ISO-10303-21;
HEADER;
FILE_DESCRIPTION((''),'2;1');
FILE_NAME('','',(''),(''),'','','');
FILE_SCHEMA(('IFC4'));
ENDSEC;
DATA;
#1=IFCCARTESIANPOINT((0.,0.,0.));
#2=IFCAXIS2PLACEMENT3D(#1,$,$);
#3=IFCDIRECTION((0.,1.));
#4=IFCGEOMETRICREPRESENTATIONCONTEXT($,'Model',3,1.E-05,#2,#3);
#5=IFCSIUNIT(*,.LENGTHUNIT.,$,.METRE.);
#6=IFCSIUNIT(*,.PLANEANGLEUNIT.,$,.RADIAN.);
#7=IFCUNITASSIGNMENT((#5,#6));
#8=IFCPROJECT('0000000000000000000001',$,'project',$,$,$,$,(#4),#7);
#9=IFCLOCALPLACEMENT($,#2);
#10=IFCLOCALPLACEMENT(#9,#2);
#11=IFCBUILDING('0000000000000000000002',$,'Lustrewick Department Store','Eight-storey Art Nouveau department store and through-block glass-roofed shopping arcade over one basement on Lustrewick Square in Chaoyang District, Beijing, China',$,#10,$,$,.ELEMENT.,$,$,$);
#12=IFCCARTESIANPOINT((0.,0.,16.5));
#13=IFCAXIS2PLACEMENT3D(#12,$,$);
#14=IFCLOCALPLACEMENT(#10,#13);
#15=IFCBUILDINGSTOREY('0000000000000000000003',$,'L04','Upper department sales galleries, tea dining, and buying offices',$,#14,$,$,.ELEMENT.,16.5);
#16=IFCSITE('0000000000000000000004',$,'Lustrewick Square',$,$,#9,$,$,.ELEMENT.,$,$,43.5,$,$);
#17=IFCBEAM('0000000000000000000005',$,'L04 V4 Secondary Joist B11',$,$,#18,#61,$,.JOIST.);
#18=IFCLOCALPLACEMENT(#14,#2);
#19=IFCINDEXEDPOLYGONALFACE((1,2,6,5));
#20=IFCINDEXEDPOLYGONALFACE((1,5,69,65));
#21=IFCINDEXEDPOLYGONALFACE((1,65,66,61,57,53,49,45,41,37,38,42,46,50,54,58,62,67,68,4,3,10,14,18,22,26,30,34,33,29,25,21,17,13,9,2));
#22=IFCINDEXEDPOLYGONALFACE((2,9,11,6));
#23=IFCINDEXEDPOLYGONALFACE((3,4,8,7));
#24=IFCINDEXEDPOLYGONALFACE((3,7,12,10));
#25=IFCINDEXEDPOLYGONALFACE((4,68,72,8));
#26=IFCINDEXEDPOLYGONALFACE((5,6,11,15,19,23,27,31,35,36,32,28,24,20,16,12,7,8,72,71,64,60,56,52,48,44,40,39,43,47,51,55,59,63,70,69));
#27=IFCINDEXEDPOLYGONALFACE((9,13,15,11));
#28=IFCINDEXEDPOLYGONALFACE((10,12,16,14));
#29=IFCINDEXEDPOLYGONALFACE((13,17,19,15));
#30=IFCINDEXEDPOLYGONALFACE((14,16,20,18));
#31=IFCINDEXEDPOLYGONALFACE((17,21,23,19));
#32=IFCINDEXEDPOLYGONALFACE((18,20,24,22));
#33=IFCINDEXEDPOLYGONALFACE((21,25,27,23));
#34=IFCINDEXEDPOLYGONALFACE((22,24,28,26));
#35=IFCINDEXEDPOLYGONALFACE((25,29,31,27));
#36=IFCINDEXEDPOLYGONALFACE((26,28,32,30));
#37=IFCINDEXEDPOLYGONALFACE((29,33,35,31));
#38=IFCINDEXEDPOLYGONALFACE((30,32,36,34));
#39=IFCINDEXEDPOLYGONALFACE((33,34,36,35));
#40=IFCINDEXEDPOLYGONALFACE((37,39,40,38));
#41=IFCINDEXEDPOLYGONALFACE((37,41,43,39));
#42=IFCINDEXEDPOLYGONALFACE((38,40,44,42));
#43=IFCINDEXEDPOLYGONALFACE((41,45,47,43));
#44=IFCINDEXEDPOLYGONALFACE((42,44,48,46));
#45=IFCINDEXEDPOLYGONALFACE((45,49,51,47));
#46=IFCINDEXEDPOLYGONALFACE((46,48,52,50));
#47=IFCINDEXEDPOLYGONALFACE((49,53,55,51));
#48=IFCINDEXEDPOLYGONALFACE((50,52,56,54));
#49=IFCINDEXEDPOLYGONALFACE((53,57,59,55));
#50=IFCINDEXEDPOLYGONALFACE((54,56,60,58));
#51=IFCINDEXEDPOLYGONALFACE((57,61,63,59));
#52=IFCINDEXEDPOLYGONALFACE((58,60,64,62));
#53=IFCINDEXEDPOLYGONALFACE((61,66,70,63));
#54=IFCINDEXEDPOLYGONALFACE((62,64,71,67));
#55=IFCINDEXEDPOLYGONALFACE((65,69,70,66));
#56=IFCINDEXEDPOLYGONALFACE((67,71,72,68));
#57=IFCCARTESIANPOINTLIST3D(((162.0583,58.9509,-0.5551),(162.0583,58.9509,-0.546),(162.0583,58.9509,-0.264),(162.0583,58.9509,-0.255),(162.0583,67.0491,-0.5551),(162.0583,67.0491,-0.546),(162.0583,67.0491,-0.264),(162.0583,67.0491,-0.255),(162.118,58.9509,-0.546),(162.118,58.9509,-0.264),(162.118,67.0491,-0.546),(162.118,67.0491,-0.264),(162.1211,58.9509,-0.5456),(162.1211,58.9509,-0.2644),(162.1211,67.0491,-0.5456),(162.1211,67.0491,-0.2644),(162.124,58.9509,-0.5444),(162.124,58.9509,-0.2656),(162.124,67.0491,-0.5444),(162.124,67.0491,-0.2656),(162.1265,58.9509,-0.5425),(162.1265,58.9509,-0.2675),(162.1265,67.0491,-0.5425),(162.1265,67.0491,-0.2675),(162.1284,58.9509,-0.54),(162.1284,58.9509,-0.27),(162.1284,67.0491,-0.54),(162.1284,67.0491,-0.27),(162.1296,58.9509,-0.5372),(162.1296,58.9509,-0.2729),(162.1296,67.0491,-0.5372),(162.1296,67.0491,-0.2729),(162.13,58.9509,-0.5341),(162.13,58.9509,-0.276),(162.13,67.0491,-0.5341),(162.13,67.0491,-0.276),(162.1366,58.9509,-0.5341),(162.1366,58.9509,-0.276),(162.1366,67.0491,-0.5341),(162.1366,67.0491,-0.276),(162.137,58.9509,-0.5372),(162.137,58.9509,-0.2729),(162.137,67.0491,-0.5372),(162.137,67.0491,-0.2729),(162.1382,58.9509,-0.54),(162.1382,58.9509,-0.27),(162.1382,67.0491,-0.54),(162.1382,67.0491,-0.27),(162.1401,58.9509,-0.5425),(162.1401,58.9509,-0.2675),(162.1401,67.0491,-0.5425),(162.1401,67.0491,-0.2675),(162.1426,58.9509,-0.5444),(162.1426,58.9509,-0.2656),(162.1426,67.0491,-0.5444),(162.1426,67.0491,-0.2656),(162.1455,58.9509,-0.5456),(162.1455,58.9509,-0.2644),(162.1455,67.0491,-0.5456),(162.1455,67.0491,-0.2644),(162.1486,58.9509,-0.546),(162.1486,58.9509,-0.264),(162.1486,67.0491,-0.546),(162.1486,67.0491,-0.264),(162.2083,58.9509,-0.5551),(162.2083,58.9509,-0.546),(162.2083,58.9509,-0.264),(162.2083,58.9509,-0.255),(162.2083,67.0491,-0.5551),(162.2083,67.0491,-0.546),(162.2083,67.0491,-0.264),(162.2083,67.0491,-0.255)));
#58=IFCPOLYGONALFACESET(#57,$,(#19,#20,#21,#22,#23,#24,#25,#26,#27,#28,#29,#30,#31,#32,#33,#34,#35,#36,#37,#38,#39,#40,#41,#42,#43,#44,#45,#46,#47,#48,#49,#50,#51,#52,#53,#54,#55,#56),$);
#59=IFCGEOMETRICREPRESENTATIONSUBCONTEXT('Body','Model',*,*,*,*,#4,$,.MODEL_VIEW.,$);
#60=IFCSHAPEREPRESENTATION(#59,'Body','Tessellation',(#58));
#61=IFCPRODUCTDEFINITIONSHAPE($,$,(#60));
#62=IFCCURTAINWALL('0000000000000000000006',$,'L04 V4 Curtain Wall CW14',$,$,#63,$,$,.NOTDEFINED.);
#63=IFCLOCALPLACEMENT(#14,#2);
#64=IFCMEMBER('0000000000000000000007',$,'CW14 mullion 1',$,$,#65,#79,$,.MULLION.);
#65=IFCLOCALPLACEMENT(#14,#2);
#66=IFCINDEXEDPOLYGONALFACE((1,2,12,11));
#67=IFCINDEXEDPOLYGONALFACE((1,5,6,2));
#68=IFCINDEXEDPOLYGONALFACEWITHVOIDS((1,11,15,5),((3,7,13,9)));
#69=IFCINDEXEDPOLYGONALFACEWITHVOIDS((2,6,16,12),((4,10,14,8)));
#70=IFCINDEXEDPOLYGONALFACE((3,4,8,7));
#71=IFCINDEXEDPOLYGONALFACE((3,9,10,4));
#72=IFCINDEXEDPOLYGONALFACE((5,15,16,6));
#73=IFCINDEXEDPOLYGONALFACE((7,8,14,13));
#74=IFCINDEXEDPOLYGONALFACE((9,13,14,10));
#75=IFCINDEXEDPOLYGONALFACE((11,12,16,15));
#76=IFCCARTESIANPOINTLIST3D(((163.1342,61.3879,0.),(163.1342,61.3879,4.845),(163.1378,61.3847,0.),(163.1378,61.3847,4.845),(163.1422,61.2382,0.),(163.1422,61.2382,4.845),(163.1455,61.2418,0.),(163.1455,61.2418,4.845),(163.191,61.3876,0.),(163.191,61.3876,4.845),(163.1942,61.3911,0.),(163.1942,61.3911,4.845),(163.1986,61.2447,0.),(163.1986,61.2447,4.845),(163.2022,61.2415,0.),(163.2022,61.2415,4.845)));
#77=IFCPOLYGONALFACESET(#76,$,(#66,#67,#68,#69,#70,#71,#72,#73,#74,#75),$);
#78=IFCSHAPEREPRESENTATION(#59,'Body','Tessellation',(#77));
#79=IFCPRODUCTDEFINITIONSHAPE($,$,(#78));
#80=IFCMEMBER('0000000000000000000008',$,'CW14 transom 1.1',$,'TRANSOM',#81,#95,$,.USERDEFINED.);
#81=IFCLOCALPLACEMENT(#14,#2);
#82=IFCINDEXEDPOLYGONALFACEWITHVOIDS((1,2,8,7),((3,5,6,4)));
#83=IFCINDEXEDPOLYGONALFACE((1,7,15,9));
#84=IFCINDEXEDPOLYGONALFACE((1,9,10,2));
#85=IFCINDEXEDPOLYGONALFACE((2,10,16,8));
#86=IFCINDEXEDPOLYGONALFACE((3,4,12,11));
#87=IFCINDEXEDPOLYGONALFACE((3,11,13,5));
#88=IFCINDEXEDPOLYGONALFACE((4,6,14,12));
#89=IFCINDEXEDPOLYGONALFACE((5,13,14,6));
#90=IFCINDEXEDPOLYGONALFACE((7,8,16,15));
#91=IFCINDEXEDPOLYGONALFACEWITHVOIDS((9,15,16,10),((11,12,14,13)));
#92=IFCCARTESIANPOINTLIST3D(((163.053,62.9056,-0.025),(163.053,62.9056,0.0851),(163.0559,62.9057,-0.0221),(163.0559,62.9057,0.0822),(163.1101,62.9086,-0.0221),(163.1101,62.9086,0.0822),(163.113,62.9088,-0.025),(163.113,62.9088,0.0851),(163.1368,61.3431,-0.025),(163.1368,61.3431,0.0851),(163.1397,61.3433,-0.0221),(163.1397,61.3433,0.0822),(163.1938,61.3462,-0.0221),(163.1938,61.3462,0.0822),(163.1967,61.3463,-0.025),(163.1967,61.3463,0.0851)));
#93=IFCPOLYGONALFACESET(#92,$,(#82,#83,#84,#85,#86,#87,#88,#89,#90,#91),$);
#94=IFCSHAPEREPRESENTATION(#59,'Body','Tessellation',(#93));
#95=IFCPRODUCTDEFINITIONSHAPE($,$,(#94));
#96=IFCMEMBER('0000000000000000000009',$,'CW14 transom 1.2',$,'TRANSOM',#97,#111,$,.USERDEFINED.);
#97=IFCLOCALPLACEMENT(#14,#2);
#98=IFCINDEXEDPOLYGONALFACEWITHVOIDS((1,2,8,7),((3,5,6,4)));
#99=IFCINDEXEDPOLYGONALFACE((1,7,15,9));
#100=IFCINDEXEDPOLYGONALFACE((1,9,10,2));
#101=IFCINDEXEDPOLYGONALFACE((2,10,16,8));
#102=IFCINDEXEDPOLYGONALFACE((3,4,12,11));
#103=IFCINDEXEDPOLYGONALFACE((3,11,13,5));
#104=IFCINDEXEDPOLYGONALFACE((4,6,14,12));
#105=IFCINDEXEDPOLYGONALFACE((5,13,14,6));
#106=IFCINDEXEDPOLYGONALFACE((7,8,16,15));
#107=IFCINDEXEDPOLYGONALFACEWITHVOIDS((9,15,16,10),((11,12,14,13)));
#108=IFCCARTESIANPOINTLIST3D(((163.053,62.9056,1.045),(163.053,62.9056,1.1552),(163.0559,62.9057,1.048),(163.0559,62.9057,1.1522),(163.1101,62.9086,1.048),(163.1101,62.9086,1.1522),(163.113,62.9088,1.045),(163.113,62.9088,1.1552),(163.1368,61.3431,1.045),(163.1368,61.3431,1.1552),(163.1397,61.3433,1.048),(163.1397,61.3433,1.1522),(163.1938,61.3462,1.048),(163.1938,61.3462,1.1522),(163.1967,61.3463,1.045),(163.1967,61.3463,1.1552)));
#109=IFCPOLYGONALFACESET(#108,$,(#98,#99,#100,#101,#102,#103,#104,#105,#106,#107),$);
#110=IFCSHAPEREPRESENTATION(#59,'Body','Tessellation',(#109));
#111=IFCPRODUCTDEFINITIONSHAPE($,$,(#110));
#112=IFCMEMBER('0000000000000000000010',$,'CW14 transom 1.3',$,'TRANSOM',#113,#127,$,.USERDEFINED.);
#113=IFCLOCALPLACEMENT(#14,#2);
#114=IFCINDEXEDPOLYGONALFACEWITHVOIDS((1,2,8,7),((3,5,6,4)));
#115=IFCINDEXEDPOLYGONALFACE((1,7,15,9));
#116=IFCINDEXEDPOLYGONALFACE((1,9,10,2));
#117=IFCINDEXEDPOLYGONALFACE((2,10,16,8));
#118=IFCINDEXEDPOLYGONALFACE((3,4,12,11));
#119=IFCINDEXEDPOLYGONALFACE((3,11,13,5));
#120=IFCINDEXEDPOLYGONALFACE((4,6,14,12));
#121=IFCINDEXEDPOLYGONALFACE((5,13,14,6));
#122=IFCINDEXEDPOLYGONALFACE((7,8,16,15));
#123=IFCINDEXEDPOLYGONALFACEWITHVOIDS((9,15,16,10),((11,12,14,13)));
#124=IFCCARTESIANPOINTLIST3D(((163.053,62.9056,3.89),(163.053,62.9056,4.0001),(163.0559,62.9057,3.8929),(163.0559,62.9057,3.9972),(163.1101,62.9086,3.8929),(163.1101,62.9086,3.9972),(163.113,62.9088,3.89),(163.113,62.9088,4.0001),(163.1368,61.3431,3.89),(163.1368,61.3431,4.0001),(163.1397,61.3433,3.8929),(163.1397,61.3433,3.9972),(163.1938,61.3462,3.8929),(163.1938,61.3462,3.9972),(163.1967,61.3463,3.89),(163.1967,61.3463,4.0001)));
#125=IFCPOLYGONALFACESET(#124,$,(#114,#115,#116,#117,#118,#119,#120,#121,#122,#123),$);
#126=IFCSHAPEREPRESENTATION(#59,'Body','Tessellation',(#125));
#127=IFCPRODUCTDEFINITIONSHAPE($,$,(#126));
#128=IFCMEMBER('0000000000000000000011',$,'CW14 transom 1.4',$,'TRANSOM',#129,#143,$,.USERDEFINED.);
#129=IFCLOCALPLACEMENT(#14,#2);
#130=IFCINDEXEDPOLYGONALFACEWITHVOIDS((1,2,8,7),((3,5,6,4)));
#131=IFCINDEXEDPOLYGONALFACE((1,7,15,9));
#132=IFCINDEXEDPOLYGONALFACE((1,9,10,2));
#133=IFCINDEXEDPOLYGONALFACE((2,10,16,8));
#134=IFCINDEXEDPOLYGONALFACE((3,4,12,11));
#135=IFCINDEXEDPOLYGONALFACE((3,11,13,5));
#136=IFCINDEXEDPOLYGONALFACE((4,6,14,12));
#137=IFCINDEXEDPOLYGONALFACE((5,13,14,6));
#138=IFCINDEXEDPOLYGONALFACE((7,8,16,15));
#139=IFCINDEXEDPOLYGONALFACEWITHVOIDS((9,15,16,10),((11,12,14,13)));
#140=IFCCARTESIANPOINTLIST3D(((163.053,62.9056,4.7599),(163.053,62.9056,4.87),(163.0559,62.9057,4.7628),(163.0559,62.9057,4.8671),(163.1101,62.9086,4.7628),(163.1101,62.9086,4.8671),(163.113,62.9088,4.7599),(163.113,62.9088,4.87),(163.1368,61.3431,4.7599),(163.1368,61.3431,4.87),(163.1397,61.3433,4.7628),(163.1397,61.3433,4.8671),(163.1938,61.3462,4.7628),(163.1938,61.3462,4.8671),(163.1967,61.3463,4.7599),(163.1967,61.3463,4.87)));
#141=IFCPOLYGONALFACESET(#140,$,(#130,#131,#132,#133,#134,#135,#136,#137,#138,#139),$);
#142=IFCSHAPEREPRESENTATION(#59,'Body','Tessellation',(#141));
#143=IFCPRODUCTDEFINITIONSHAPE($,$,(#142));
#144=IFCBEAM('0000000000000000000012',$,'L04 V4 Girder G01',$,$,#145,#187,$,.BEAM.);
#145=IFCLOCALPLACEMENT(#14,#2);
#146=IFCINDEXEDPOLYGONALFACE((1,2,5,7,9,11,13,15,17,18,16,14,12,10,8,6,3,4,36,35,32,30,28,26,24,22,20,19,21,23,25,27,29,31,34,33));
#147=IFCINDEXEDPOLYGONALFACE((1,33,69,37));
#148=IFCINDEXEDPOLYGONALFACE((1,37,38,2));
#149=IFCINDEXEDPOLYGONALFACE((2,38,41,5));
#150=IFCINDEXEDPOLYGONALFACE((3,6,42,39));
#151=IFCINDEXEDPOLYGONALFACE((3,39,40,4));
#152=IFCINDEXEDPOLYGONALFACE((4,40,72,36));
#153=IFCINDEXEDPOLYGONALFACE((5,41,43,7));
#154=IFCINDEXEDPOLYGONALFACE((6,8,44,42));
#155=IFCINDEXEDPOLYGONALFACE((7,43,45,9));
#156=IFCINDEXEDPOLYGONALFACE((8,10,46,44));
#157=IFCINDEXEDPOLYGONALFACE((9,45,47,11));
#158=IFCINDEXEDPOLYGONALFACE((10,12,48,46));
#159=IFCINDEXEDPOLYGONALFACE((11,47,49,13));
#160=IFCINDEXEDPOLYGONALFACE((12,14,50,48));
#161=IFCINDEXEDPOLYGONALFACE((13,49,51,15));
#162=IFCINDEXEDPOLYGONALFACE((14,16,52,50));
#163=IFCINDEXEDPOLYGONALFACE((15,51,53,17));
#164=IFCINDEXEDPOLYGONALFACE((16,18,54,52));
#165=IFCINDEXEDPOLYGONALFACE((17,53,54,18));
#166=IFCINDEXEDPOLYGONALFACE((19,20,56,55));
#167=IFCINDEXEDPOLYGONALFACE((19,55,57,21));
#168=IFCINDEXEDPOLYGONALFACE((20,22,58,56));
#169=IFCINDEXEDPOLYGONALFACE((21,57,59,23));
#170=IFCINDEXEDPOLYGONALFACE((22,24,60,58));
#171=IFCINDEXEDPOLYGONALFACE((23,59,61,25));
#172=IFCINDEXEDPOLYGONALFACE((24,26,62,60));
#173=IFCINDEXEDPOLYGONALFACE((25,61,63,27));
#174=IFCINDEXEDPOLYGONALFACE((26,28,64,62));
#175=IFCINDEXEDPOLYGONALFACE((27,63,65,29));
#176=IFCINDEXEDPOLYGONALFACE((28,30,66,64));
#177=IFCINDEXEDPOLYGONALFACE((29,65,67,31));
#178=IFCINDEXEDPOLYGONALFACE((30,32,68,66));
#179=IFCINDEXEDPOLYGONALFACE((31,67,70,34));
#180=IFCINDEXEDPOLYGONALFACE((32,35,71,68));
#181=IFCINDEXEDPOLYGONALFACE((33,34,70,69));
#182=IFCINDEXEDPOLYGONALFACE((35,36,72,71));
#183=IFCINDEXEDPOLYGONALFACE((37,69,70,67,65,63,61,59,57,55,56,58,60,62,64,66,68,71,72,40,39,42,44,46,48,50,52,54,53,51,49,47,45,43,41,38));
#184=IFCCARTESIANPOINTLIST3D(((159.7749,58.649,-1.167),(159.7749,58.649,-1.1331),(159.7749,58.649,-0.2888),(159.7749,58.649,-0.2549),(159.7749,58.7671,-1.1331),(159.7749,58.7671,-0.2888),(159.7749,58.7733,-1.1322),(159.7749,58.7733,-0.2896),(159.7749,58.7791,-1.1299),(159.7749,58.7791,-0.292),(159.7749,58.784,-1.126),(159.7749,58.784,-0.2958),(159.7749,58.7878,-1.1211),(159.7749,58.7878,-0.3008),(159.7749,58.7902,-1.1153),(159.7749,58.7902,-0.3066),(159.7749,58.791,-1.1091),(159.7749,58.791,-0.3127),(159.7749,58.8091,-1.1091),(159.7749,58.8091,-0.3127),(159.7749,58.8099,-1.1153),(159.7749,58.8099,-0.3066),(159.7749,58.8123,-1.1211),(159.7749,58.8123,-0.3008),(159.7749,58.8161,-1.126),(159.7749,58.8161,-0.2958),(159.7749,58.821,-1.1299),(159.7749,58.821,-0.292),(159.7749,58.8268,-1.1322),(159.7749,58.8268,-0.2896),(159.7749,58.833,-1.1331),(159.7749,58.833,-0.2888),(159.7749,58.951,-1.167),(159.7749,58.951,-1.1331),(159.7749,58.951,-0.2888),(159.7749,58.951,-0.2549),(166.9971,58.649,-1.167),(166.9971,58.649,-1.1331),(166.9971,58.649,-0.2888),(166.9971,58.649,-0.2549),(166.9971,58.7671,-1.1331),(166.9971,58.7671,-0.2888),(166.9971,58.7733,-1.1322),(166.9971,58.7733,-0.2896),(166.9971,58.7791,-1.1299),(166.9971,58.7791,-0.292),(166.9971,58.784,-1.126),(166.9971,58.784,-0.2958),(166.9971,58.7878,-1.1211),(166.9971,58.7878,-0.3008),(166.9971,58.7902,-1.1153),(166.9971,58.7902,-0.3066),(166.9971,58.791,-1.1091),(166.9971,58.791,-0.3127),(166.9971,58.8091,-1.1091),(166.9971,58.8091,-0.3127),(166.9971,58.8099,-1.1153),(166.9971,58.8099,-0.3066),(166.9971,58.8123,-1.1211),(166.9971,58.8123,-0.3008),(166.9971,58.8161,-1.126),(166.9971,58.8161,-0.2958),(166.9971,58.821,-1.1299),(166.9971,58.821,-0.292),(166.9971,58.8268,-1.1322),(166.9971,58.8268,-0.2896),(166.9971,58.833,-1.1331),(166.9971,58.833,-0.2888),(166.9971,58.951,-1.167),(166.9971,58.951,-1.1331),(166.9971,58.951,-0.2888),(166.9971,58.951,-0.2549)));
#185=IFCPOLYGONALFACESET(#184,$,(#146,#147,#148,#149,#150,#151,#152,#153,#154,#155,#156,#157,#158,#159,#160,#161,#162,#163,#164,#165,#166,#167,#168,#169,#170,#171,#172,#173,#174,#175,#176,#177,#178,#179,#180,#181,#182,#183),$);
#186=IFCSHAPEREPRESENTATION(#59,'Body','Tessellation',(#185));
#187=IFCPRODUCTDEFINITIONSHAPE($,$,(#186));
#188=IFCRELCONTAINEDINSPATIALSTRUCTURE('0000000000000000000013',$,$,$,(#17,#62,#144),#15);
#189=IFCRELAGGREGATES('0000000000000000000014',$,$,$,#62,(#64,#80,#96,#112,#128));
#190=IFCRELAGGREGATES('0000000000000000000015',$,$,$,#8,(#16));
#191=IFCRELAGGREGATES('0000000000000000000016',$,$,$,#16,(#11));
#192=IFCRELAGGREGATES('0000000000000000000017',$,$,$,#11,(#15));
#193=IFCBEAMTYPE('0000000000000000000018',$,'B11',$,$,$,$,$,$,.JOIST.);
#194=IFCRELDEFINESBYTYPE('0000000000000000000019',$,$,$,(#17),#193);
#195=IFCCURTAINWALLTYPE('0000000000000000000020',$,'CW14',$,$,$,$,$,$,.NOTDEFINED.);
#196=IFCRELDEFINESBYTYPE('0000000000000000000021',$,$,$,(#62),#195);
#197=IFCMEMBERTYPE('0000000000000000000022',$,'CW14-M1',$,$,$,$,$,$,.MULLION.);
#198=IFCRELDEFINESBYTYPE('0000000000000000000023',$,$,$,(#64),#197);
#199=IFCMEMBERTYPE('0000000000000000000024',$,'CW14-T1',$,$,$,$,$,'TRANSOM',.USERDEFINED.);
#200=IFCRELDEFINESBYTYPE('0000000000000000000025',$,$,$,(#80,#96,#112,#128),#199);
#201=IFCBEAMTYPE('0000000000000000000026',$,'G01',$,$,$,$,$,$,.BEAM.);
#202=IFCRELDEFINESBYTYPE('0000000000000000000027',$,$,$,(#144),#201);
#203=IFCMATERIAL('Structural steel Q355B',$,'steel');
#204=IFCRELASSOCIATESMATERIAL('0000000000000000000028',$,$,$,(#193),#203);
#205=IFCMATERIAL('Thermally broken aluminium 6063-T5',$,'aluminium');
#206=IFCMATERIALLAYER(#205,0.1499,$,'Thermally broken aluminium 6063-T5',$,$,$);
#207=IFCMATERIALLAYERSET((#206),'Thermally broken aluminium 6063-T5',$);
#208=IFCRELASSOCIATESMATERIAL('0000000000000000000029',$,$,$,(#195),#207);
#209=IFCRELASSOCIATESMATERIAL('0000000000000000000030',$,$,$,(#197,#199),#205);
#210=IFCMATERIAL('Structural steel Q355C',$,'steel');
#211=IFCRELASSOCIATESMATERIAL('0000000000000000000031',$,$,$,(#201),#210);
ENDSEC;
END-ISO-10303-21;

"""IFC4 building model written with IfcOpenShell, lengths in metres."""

from ifc_helpers import new_model, si_unit, direction, frame, origin, origin_2d, place, context, subcontext, project, spatial, hollow_rectangle, i_section, extrude, material, layer, layer_set, material_profile, profile_set, type_object, element, aggregate, save


model = new_model("IFC4")

# Units and contexts
model_context = context("Model", 3, precision=1e-05, world=origin(), true_north=direction((0.0, 1.0)))
body_context = subcontext(model_context, "Body", "Model", "MODEL_VIEW")
ifc_project = project(units=[si_unit("LENGTHUNIT", "METRE"), si_unit("PLANEANGLEUNIT", "RADIAN")], contexts=[model_context])

# Site, building, storey
site_placement = place(None, origin())
site = spatial("IfcSite", under=ifc_project, at=site_placement, Name="Lustrewick Square", CompositionType="ELEMENT", RefElevation=43.5)
building_placement = place(site_placement, origin())
building = spatial("IfcBuilding", under=site, at=building_placement, Name="Lustrewick Department Store", Description="Eight-storey Art Nouveau department store and through-block glass-roofed shopping arcade over one basement on Lustrewick Square in Chaoyang District, Beijing, China", CompositionType="ELEMENT")
storey_placement = place(building_placement, frame((0.0, 0.0, 16.5)))
storey = spatial("IfcBuildingStorey", under=building, at=storey_placement, Name="L04", Description="Upper department sales galleries, tea dining, and buying offices", CompositionType="ELEMENT", Elevation=16.5)

# Shared definitions
ifc_material_1 = material(Name="Structural steel Q355C", Category="steel")

# Beam
ifc_material_2 = material(Name="Structural steel Q355B", Category="steel")
ifc_material_profile_1 = material_profile(ifc_material_2, i_section(OverallWidth=0.1499, OverallDepth=0.3, WebThickness=0.0066, FlangeThickness=0.009, FilletRadius=0.012, at=origin_2d()), Name="HN 300x150x6.5x9")
ifc_profile_set_1 = profile_set([ifc_material_profile_1], Name="Structural steel Q355B")
beam_type_1 = type_object("IfcBeamType", Name="B11", PredefinedType="JOIST", material=ifc_profile_set_1)
beam_1_placement = place(storey_placement, frame((162.1333, 58.9509, -0.405), z_axis=(0.0, 1.0, 0.0), x_axis=(-1.0, 0.0, 0.0)))
element("IfcBeam", 1, at=beam_1_placement, inside=storey, type_object=beam_type_1, Name="L04 V4 Secondary Joist B11", PredefinedType="JOIST", context=body_context, shape_type="SweptSolid", body=[
    extrude(i_section(OverallWidth=0.1499, OverallDepth=0.3, WebThickness=0.0066, FlangeThickness=0.009, FilletRadius=0.012, at=origin_2d()), origin(), (0.0, 0.0, 1.0), 8.0981),
])

# Curtain wall, members
ifc_material_3 = material(Name="Thermally broken aluminium 6063-T5", Category="aluminium")
ifc_layer_1 = layer(ifc_material_3, 0.1499, Name="Thermally broken aluminium 6063-T5")
ifc_layer_set_1 = layer_set([ifc_layer_1], Name="Thermally broken aluminium 6063-T5")
curtain_wall_type = type_object("IfcCurtainWallType", Name="CW14", PredefinedType="NOTDEFINED", material=ifc_layer_set_1)
curtain_wall_placement = place(storey_placement, origin())
curtain_wall = element("IfcCurtainWall", 2, at=curtain_wall_placement, inside=storey, type_object=curtain_wall_type, Name="L04 V4 Curtain Wall CW14", PredefinedType="NOTDEFINED")
ifc_material_profile_2 = material_profile(ifc_material_3, hollow_rectangle(XDim=0.0601, YDim=0.1499, WallThickness=0.0034, at=origin_2d()), Name="ALU-M 60x150x3.5")
ifc_profile_set_2 = profile_set([ifc_material_profile_2], Name="Thermally broken aluminium 6063-T5")
member_type_1 = type_object("IfcMemberType", Name="CW14-M1", PredefinedType="MULLION", material=ifc_profile_set_2)
member_1_placement = place(storey_placement, frame((163.1682, 61.3147, 0.0), z_axis=(0.0, 0.0, 1.0), x_axis=(-0.998566, -0.053534, 0.0)))
member_1 = element("IfcMember", 3, at=member_1_placement, type_object=member_type_1, Name="CW14 mullion 1", PredefinedType="MULLION", context=body_context, shape_type="SweptSolid", body=[
    extrude(hollow_rectangle(XDim=0.0601, YDim=0.1499, WallThickness=0.0034, at=origin_2d()), origin(), (0.0, 0.0, 1.0), 4.845),
])
ifc_material_profile_3 = material_profile(ifc_material_3, hollow_rectangle(XDim=0.0601, YDim=0.1101, WallThickness=0.0029, at=origin_2d()), Name="ALU-T 60x110x3")
ifc_profile_set_3 = profile_set([ifc_material_profile_3], Name="Thermally broken aluminium 6063-T5")
member_type_2 = type_object("IfcMemberType", Name="CW14-T1", ElementType="TRANSOM", PredefinedType="USERDEFINED", material=ifc_profile_set_3)
member_2_placement = place(storey_placement, frame((163.1667, 61.3447, 0.03), z_axis=(-0.053517, 0.998567, 0.0), x_axis=(-0.998567, -0.053517, 0.0)))
member_2 = element("IfcMember", 4, at=member_2_placement, type_object=member_type_2, Name="CW14 transom 1.1", ObjectType="TRANSOM", PredefinedType="USERDEFINED", context=body_context, shape_type="SweptSolid", body=[
    extrude(hollow_rectangle(XDim=0.0601, YDim=0.1101, WallThickness=0.0029, at=origin_2d()), origin(), (0.0, 0.0, 1.0), 1.5647),
])
member_3_placement = place(storey_placement, frame((163.1667, 61.3447, 1.1001), z_axis=(-0.053517, 0.998567, 0.0), x_axis=(-0.998567, -0.053517, 0.0)))
member_3 = element("IfcMember", 5, at=member_3_placement, type_object=member_type_2, Name="CW14 transom 1.2", ObjectType="TRANSOM", PredefinedType="USERDEFINED", context=body_context, shape_type="SweptSolid", body=[
    extrude(hollow_rectangle(XDim=0.0601, YDim=0.1101, WallThickness=0.0029, at=origin_2d()), origin(), (0.0, 0.0, 1.0), 1.5647),
])
member_4_placement = place(storey_placement, frame((163.1667, 61.3447, 3.9451), z_axis=(-0.053517, 0.998567, 0.0), x_axis=(-0.998567, -0.053517, 0.0)))
member_4 = element("IfcMember", 6, at=member_4_placement, type_object=member_type_2, Name="CW14 transom 1.3", ObjectType="TRANSOM", PredefinedType="USERDEFINED", context=body_context, shape_type="SweptSolid", body=[
    extrude(hollow_rectangle(XDim=0.0601, YDim=0.1101, WallThickness=0.0029, at=origin_2d()), origin(), (0.0, 0.0, 1.0), 1.5647),
])
member_5_placement = place(storey_placement, frame((163.1667, 61.3447, 4.8149), z_axis=(-0.053517, 0.998567, 0.0), x_axis=(-0.998567, -0.053517, 0.0)))
member_5 = element("IfcMember", 7, at=member_5_placement, type_object=member_type_2, Name="CW14 transom 1.4", ObjectType="TRANSOM", PredefinedType="USERDEFINED", context=body_context, shape_type="SweptSolid", body=[
    extrude(hollow_rectangle(XDim=0.0601, YDim=0.1101, WallThickness=0.0029, at=origin_2d()), origin(), (0.0, 0.0, 1.0), 1.5647),
])

# Beam
ifc_material_profile_4 = material_profile(ifc_material_1, i_section(OverallWidth=0.302, OverallDepth=0.9121, WebThickness=0.0181, FlangeThickness=0.0339, FilletRadius=0.0239, at=origin_2d()), Name="HN 912x302x18x34")
ifc_profile_set_4 = profile_set([ifc_material_profile_4], Name="Structural steel Q355C")
beam_type_2 = type_object("IfcBeamType", Name="G01", PredefinedType="BEAM", material=ifc_profile_set_4)
beam_2_placement = place(storey_placement, frame((159.7749, 58.8, -0.7109), z_axis=(1.0, 0.0, 0.0), x_axis=(0.0, 1.0, 0.0)))
element("IfcBeam", 8, at=beam_2_placement, inside=storey, type_object=beam_type_2, Name="L04 V4 Girder G01", PredefinedType="BEAM", context=body_context, shape_type="SweptSolid", body=[
    extrude(i_section(OverallWidth=0.302, OverallDepth=0.9121, WebThickness=0.0181, FlangeThickness=0.0339, FilletRadius=0.0239, at=origin_2d()), origin(), (0.0, 0.0, 1.0), 7.2222),
])

aggregate(curtain_wall, [member_1, member_2, member_3, member_4, member_5])

save(model, "model.ifc")
